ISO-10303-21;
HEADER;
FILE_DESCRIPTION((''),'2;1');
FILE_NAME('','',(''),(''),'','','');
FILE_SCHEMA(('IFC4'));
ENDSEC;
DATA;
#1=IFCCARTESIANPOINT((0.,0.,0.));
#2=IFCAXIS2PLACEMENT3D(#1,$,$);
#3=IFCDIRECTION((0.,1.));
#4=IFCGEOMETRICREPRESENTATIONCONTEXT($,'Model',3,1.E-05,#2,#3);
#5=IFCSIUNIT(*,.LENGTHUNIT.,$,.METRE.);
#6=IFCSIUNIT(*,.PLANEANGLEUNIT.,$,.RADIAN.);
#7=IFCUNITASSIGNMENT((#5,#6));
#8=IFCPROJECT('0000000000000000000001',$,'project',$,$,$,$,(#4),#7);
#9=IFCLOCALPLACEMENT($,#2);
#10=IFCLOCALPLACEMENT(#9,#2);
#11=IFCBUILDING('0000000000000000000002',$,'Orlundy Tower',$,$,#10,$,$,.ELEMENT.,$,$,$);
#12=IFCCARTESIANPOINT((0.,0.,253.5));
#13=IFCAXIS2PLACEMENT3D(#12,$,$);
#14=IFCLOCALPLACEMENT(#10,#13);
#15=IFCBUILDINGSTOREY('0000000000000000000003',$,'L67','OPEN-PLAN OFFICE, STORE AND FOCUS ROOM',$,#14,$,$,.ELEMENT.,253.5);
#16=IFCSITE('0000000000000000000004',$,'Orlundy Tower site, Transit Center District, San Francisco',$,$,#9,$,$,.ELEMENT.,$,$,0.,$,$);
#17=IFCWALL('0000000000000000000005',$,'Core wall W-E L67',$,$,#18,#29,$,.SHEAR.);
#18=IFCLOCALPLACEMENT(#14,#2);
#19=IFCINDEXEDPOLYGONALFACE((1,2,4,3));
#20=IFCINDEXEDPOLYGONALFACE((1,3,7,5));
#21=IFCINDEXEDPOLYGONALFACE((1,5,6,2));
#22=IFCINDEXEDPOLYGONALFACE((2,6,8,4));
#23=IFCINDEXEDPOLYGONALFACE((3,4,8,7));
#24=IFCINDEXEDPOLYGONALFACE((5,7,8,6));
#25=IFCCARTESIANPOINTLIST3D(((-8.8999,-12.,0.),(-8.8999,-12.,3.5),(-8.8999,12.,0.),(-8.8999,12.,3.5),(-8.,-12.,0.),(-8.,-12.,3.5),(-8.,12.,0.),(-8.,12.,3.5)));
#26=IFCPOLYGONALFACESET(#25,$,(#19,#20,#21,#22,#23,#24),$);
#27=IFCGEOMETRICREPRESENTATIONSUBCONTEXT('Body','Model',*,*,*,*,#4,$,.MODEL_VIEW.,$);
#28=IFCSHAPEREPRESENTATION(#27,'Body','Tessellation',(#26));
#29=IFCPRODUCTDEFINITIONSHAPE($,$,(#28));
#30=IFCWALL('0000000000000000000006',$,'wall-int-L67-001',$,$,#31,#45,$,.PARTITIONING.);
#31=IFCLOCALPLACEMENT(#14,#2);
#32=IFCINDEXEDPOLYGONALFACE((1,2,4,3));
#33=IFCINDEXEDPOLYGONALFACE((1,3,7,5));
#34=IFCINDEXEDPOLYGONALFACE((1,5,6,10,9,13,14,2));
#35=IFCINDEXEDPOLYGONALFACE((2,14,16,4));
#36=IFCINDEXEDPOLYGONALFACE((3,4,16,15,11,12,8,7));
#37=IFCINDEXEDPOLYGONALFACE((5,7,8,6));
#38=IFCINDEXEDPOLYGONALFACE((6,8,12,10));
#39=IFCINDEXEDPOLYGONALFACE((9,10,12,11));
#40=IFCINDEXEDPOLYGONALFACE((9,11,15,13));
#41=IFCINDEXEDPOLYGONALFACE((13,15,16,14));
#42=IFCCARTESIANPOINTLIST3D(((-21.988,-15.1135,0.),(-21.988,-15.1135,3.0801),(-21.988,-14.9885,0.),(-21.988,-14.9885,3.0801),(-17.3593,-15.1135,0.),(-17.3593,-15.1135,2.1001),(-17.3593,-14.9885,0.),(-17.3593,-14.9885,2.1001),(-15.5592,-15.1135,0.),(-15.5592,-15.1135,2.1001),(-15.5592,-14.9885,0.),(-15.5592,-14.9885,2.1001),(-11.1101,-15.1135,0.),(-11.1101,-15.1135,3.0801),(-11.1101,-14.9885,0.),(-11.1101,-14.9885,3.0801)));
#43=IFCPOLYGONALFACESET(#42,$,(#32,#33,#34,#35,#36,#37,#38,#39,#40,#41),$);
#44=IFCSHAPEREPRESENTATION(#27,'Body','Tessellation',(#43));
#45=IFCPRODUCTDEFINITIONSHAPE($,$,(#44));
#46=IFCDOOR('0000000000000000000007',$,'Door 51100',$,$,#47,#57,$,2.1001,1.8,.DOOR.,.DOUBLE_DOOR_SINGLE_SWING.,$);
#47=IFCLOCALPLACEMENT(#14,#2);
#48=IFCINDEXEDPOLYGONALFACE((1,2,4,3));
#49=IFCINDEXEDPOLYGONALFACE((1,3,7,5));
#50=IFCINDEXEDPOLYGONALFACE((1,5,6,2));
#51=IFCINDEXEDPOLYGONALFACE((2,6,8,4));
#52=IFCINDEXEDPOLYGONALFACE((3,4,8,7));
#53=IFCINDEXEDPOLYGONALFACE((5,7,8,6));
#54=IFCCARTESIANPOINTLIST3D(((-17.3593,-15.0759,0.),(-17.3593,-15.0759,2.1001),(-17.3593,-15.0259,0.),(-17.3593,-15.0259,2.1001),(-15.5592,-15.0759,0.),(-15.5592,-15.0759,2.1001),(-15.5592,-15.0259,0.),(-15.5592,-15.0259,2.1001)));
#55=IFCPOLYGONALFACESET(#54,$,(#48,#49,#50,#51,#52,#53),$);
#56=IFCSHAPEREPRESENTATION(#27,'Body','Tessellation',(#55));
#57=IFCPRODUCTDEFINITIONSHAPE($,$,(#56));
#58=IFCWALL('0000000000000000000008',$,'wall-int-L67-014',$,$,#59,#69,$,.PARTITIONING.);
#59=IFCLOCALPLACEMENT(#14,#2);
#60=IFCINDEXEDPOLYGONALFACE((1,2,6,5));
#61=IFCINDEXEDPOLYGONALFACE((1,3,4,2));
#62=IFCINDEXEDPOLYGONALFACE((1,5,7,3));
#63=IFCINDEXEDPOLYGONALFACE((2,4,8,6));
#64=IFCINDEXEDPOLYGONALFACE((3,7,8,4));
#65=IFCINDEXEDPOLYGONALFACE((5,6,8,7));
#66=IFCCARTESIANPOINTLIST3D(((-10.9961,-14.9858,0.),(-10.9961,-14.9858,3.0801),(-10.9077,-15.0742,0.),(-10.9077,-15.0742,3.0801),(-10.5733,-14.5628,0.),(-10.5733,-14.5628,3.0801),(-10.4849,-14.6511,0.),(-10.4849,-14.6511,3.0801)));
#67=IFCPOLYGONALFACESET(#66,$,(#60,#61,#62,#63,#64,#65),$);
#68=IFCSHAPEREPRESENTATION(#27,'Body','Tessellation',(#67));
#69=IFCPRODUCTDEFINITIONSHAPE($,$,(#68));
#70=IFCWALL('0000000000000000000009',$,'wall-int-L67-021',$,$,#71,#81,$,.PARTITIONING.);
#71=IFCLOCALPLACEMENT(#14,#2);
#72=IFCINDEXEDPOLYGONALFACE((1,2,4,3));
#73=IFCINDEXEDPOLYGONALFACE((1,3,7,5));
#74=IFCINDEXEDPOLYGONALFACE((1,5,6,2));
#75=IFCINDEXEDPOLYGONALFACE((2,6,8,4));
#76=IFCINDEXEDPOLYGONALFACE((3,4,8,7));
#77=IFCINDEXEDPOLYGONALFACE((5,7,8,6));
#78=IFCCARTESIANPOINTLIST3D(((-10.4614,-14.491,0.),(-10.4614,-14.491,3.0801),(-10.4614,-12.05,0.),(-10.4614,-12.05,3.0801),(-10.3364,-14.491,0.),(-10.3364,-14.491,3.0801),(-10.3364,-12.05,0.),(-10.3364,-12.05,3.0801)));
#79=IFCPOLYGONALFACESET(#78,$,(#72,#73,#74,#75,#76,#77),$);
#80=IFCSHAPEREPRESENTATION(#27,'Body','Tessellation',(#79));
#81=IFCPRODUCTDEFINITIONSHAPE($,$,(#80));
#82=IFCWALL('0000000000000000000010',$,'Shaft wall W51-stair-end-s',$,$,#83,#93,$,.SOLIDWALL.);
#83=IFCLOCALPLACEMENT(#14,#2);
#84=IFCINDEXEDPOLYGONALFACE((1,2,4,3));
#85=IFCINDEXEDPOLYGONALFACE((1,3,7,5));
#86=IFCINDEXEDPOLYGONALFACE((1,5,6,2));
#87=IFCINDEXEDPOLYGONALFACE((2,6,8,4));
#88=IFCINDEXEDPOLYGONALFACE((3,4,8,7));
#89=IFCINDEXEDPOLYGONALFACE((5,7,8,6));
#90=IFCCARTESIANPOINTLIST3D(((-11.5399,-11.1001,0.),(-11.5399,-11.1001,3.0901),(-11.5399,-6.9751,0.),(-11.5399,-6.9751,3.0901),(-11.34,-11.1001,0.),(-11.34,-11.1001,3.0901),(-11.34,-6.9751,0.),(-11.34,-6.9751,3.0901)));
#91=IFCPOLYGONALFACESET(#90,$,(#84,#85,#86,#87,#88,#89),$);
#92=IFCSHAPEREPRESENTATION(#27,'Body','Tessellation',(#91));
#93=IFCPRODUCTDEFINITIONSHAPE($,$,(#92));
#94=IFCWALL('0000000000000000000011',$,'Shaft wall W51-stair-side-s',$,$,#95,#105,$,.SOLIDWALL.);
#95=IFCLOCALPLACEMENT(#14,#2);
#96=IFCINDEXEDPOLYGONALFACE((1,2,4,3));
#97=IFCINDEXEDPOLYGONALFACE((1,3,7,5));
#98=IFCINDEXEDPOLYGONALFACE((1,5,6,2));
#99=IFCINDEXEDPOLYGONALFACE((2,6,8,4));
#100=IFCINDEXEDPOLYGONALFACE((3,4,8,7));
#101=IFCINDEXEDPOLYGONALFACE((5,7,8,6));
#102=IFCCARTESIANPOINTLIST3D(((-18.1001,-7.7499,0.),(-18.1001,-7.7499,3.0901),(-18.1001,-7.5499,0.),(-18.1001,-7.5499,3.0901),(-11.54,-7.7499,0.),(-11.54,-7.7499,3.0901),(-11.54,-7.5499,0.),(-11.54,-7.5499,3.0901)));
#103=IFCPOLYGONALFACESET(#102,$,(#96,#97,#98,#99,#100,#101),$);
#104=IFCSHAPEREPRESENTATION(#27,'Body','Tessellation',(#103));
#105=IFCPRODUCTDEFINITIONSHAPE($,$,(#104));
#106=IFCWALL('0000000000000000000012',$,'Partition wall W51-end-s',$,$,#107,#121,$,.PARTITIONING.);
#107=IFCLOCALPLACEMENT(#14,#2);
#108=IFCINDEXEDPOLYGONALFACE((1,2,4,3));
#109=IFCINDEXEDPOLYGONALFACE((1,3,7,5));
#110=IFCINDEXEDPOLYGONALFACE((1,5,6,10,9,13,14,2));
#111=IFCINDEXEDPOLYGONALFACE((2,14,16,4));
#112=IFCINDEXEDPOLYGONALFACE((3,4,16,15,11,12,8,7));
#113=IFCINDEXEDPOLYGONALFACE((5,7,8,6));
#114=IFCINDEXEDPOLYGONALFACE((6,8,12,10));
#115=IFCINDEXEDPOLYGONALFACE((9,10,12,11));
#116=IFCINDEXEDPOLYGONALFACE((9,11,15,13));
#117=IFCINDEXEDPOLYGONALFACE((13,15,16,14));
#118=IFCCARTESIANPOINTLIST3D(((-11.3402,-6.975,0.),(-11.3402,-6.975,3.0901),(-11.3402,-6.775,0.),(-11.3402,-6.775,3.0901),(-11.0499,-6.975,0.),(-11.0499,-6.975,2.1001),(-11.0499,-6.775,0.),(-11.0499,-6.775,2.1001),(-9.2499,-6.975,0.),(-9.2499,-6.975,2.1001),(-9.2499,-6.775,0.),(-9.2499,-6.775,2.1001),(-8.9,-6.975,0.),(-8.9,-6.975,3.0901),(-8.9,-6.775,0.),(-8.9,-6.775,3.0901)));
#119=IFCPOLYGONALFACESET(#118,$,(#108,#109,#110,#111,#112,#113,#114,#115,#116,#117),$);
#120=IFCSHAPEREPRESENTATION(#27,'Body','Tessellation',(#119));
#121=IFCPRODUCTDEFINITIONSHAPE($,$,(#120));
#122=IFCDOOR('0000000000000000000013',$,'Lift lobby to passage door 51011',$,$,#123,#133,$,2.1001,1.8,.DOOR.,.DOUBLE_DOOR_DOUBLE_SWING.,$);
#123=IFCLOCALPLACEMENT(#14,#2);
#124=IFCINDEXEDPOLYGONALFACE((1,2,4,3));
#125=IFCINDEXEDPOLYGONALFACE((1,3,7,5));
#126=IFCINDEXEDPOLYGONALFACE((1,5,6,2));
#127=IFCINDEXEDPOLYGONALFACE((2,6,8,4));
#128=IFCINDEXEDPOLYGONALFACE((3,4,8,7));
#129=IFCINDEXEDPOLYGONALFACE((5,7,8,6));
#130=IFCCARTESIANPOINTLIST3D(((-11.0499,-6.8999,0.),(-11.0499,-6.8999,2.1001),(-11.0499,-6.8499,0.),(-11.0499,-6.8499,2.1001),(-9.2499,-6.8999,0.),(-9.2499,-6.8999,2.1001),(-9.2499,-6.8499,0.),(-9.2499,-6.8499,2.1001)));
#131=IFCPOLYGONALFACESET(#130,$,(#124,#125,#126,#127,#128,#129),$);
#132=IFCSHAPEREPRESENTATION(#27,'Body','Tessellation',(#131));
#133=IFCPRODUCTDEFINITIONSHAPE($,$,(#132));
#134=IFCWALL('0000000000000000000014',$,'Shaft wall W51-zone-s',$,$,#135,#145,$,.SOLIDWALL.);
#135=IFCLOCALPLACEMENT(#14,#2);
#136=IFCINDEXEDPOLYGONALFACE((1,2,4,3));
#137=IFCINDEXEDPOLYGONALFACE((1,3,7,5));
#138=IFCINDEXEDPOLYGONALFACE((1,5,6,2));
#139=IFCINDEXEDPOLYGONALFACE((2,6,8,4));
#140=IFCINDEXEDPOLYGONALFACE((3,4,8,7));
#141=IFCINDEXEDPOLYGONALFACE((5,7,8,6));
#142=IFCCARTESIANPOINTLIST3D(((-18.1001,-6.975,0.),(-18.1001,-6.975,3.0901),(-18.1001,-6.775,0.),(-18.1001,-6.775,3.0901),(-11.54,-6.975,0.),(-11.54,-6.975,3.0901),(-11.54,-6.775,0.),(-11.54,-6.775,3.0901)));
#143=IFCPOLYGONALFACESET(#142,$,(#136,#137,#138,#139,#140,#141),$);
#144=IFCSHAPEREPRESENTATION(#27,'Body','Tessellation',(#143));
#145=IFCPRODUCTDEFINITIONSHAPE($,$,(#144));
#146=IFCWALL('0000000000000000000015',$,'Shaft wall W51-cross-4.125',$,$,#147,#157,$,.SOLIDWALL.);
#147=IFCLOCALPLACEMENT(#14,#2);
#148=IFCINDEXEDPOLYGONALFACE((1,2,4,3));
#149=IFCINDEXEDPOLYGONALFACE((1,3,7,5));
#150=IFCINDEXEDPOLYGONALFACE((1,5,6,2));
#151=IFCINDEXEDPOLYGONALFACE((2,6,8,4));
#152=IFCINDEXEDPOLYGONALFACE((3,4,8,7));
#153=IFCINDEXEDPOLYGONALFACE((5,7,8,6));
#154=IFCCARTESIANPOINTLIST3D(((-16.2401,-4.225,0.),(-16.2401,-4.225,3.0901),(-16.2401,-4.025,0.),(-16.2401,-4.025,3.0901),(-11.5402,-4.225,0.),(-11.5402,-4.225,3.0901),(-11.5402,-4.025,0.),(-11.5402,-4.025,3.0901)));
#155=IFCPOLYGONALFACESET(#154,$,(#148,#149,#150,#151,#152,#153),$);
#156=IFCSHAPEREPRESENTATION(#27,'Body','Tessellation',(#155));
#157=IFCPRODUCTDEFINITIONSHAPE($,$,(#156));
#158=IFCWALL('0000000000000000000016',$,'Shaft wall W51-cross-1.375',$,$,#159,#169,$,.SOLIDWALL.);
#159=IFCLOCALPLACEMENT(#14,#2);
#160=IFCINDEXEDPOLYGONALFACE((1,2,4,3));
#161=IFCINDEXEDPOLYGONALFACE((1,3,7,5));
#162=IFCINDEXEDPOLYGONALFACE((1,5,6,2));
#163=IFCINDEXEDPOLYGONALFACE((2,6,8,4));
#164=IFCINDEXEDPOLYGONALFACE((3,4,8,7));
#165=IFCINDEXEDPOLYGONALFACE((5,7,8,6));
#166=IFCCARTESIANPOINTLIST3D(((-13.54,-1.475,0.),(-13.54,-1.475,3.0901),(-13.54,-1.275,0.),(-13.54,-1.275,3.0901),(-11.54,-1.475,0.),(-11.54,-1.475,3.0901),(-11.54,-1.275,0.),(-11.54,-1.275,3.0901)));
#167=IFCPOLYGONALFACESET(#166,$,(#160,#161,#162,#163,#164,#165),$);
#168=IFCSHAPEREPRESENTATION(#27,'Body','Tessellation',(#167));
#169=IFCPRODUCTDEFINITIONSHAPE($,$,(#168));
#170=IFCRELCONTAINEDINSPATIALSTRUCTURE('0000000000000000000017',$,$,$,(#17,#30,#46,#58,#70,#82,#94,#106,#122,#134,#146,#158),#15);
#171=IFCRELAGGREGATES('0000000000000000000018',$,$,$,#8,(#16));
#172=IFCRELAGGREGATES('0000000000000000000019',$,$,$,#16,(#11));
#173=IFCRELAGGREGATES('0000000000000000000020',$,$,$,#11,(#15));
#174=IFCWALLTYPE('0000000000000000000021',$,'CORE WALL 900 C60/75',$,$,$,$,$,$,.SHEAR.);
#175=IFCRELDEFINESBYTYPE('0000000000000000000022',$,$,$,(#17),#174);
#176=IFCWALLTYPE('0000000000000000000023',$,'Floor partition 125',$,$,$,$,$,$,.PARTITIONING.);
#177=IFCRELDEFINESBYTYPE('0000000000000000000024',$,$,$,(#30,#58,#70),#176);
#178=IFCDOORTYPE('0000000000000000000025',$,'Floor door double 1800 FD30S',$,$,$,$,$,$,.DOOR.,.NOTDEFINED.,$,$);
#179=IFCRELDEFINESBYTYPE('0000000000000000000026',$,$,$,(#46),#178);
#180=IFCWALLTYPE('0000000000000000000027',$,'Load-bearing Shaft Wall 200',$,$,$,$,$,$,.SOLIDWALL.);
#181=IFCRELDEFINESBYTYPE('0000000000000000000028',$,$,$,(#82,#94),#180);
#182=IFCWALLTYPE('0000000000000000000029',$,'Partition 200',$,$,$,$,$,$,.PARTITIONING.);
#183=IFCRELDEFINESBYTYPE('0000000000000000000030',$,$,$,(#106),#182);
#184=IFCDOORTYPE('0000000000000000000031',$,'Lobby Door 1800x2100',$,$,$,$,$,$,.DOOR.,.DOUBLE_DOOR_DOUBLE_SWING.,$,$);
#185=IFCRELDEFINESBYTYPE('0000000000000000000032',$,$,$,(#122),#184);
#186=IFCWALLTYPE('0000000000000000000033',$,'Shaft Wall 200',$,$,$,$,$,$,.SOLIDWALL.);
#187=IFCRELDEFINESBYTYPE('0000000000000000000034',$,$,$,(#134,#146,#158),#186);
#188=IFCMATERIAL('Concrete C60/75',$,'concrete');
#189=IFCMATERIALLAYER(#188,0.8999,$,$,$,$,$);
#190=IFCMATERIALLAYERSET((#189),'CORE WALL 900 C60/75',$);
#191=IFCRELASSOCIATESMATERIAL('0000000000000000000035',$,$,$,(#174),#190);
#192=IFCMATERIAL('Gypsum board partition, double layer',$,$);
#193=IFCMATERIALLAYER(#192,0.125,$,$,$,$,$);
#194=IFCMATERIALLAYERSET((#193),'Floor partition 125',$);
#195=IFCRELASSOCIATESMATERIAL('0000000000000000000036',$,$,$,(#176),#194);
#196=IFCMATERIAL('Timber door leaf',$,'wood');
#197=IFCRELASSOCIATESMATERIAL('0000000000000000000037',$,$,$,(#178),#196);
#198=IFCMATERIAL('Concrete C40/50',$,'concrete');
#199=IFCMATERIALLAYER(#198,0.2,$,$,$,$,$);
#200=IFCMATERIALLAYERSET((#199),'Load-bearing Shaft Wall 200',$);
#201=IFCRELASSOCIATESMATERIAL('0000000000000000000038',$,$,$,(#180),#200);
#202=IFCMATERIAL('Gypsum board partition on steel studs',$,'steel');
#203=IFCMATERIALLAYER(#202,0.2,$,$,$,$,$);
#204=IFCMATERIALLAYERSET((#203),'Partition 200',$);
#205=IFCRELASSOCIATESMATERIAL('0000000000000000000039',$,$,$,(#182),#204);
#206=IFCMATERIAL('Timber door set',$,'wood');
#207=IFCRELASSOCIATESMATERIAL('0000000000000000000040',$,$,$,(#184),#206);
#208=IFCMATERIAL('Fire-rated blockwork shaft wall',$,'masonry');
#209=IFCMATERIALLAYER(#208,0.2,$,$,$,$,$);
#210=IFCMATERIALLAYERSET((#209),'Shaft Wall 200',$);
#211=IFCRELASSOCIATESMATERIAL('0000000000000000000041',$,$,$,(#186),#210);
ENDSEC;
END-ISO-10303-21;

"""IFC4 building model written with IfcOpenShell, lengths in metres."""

from ifc_helpers import new_model, si_unit, direction, frame, frame_2d, origin, place, context, subcontext, project, spatial, rectangle, extrude, material, layer, layer_set, type_object, element, fill, save


model = new_model("IFC4")

# Units and contexts
model_context = context("Model", 3, precision=1e-05, world=origin(), true_north=direction((0.0, 1.0)))
body_context = subcontext(model_context, "Body", "Model", "MODEL_VIEW")
ifc_project = project(units=[si_unit("LENGTHUNIT", "METRE"), si_unit("PLANEANGLEUNIT", "RADIAN")], contexts=[model_context])

# Site, building, storey
site_placement = place(None, origin())
site = spatial("IfcSite", under=ifc_project, at=site_placement, Name="Orlundy Tower site, Transit Center District, San Francisco", CompositionType="ELEMENT", RefElevation=0.0)
building_placement = place(site_placement, origin())
building = spatial("IfcBuilding", under=site, at=building_placement, Name="Orlundy Tower", CompositionType="ELEMENT")
storey_placement = place(building_placement, frame((0.0, 0.0, 253.5)))
storey = spatial("IfcBuildingStorey", under=building, at=storey_placement, Name="L67", Description="OPEN-PLAN OFFICE, STORE AND FOCUS ROOM", CompositionType="ELEMENT", Elevation=253.5)

# Wall
ifc_material_1 = material(Name="Concrete C60/75", Category="concrete")
ifc_layer_1 = layer(ifc_material_1, 0.8999)
ifc_layer_set_1 = layer_set([ifc_layer_1], Name="CORE WALL 900 C60/75")
wall_type_1 = type_object("IfcWallType", Name="CORE WALL 900 C60/75", PredefinedType="SHEAR", material=ifc_layer_set_1)
wall_1_placement = place(storey_placement, frame((-8.45, -12.0, 0.0), z_axis=(0.0, 0.0, 1.0), x_axis=(0.0, 1.0, 0.0)))
element("IfcWall", 1, at=wall_1_placement, inside=storey, type_object=wall_type_1, Name="Core wall W-E L67", PredefinedType="SHEAR", context=body_context, shape_type="SweptSolid", body=[
    extrude(rectangle(XDim=24.0, YDim=0.8999, at=frame_2d((12.0, 0.0))), origin(), (0.0, 0.0, 1.0), 3.5),
])

# Wall, opening, door
ifc_material_2 = material(Name="Gypsum board partition, double layer")
ifc_layer_2 = layer(ifc_material_2, 0.125)
ifc_layer_set_2 = layer_set([ifc_layer_2], Name="Floor partition 125")
wall_type_2 = type_object("IfcWallType", Name="Floor partition 125", PredefinedType="PARTITIONING", material=ifc_layer_set_2)
wall_2_placement = place(storey_placement, frame((-11.1101, -15.051, 0.0), z_axis=(0.0, 0.0, 1.0), x_axis=(-1.0, 0.0, 0.0)))
wall_2 = element("IfcWall", 2, at=wall_2_placement, inside=storey, type_object=wall_type_2, Name="wall-int-L67-001", PredefinedType="PARTITIONING", context=body_context, shape_type="SweptSolid", body=[
    extrude(rectangle(XDim=10.8779, YDim=0.125, at=frame_2d((5.439, 0.0))), origin(), (0.0, 0.0, 1.0), 3.0801),
])
opening_1_placement = place(wall_2_placement, frame((4.4492, 0.0, 0.0)))
opening_1 = element("IfcOpeningElement", 3, at=opening_1_placement, cuts=wall_2, PredefinedType="OPENING", context=body_context, shape_type="SweptSolid", body=[
    extrude(rectangle(XDim=1.8, YDim=2.1001, at=frame_2d((0.8999, 1.05))), frame((0.0, 0.0725, 0.0), z_axis=(0.0, -1.0, 0.0), x_axis=(1.0, 0.0, 0.0)), (0.0, 0.0, 1.0), 0.145),
])
ifc_material_3 = material(Name="Timber door leaf", Category="wood")
door_type_1 = type_object("IfcDoorType", Name="Floor door double 1800 FD30S", OperationType="NOTDEFINED", PredefinedType="DOOR", material=ifc_material_3)
door_1_placement = place(opening_1_placement, origin())
door_1 = element("IfcDoor", 4, at=door_1_placement, inside=storey, type_object=door_type_1, Name="Door 51100", OperationType="DOUBLE_DOOR_SINGLE_SWING", OverallHeight=2.1001, OverallWidth=1.8, PredefinedType="DOOR", context=body_context, shape_type="SweptSolid", body=[
    extrude(rectangle(XDim=1.8, YDim=2.1001, at=frame_2d((0.8999, 1.05))), frame((0.0, 0.0249, 0.0), z_axis=(0.0, -1.0, 0.0), x_axis=(1.0, 0.0, 0.0)), (0.0, 0.0, 1.0), 0.05),
])
fill(opening_1, door_1)

# Walls
wall_3_placement = place(storey_placement, frame((-10.9519, -15.03, 0.0), z_axis=(0.0, 0.0, 1.0), x_axis=(0.706903, 0.707311, 0.0)))
element("IfcWall", 5, at=wall_3_placement, inside=storey, type_object=wall_type_2, Name="wall-int-L67-014", PredefinedType="PARTITIONING", context=body_context, shape_type="SweptSolid", body=[
    extrude(rectangle(XDim=0.5981, YDim=0.125, at=frame_2d((0.2991, 0.0))), origin(), (0.0, 0.0, 1.0), 3.0801),
])
wall_4_placement = place(storey_placement, frame((-10.3989, -14.491, 0.0), z_axis=(0.0, 0.0, 1.0), x_axis=(0.0, 1.0, 0.0)))
element("IfcWall", 6, at=wall_4_placement, inside=storey, type_object=wall_type_2, Name="wall-int-L67-021", PredefinedType="PARTITIONING", context=body_context, shape_type="SweptSolid", body=[
    extrude(rectangle(XDim=2.4409, YDim=0.125, at=frame_2d((1.2205, 0.0))), origin(), (0.0, 0.0, 1.0), 3.0801),
])
ifc_material_4 = material(Name="Concrete C40/50", Category="concrete")
ifc_layer_3 = layer(ifc_material_4, 0.2)
ifc_layer_set_3 = layer_set([ifc_layer_3], Name="Load-bearing Shaft Wall 200")
wall_type_3 = type_object("IfcWallType", Name="Load-bearing Shaft Wall 200", PredefinedType="SOLIDWALL", material=ifc_layer_set_3)
wall_5_placement = place(storey_placement, frame((-11.4399, -11.1001, 0.0), z_axis=(0.0, 0.0, 1.0), x_axis=(0.0, 1.0, 0.0)))
element("IfcWall", 7, at=wall_5_placement, inside=storey, type_object=wall_type_3, Name="Shaft wall W51-stair-end-s", PredefinedType="SOLIDWALL", context=body_context, shape_type="SweptSolid", body=[
    extrude(rectangle(XDim=4.125, YDim=0.2, at=frame_2d((2.0625, 0.0))), origin(), (0.0, 0.0, 1.0), 3.0901),
])
wall_6_placement = place(storey_placement, frame((-11.54, -7.6499, 0.0), z_axis=(0.0, 0.0, 1.0), x_axis=(-1.0, 0.0, 0.0)))
element("IfcWall", 8, at=wall_6_placement, inside=storey, type_object=wall_type_3, Name="Shaft wall W51-stair-side-s", PredefinedType="SOLIDWALL", context=body_context, shape_type="SweptSolid", body=[
    extrude(rectangle(XDim=6.5601, YDim=0.2, at=frame_2d((3.28, 0.0))), origin(), (0.0, 0.0, 1.0), 3.0901),
])

# Wall, opening, door
ifc_material_5 = material(Name="Gypsum board partition on steel studs", Category="steel")
ifc_layer_4 = layer(ifc_material_5, 0.2)
ifc_layer_set_4 = layer_set([ifc_layer_4], Name="Partition 200")
wall_type_4 = type_object("IfcWallType", Name="Partition 200", PredefinedType="PARTITIONING", material=ifc_layer_set_4)
wall_7_placement = place(storey_placement, frame((-8.8999, -6.875, 0.0), z_axis=(0.0, 0.0, 1.0), x_axis=(-1.0, 0.0, 0.0)))
wall_7 = element("IfcWall", 9, at=wall_7_placement, inside=storey, type_object=wall_type_4, Name="Partition wall W51-end-s", PredefinedType="PARTITIONING", context=body_context, shape_type="SweptSolid", body=[
    extrude(rectangle(XDim=2.4402, YDim=0.2, at=frame_2d((1.2202, 0.0))), origin(), (0.0, 0.0, 1.0), 3.0901),
])
opening_2_placement = place(wall_7_placement, frame((0.3501, 0.0, 0.0)))
opening_2 = element("IfcOpeningElement", 10, at=opening_2_placement, cuts=wall_7, PredefinedType="OPENING", context=body_context, shape_type="SweptSolid", body=[
    extrude(rectangle(XDim=1.8, YDim=2.1001, at=frame_2d((0.8999, 1.05))), frame((0.0, 0.1101, 0.0), z_axis=(0.0, -1.0, 0.0), x_axis=(1.0, 0.0, 0.0)), (0.0, 0.0, 1.0), 0.2202),
])
ifc_material_6 = material(Name="Timber door set", Category="wood")
door_type_2 = type_object("IfcDoorType", Name="Lobby Door 1800x2100", OperationType="DOUBLE_DOOR_DOUBLE_SWING", PredefinedType="DOOR", material=ifc_material_6)
door_2_placement = place(opening_2_placement, origin())
door_2 = element("IfcDoor", 11, at=door_2_placement, inside=storey, type_object=door_type_2, Name="Lift lobby to passage door 51011", OperationType="DOUBLE_DOOR_DOUBLE_SWING", OverallHeight=2.1001, OverallWidth=1.8, PredefinedType="DOOR", context=body_context, shape_type="SweptSolid", body=[
    extrude(rectangle(XDim=1.8, YDim=2.1001, at=frame_2d((0.8999, 1.05))), frame((0.0, 0.0249, 0.0), z_axis=(0.0, -1.0, 0.0), x_axis=(1.0, 0.0, 0.0)), (0.0, 0.0, 1.0), 0.05),
])
fill(opening_2, door_2)

# Walls
ifc_material_7 = material(Name="Fire-rated blockwork shaft wall", Category="masonry")
ifc_layer_5 = layer(ifc_material_7, 0.2)
ifc_layer_set_5 = layer_set([ifc_layer_5], Name="Shaft Wall 200")
wall_type_5 = type_object("IfcWallType", Name="Shaft Wall 200", PredefinedType="SOLIDWALL", material=ifc_layer_set_5)
wall_8_placement = place(storey_placement, frame((-11.54, -6.875, 0.0), z_axis=(0.0, 0.0, 1.0), x_axis=(-1.0, 0.0, 0.0)))
element("IfcWall", 12, at=wall_8_placement, inside=storey, type_object=wall_type_5, Name="Shaft wall W51-zone-s", PredefinedType="SOLIDWALL", context=body_context, shape_type="SweptSolid", body=[
    extrude(rectangle(XDim=6.5601, YDim=0.2, at=frame_2d((3.28, 0.0))), origin(), (0.0, 0.0, 1.0), 3.0901),
])
wall_9_placement = place(storey_placement, frame((-11.54, -4.125, 0.0), z_axis=(0.0, 0.0, 1.0), x_axis=(-1.0, 0.0, 0.0)))
element("IfcWall", 13, at=wall_9_placement, inside=storey, type_object=wall_type_5, Name="Shaft wall W51-cross-4.125", PredefinedType="SOLIDWALL", context=body_context, shape_type="SweptSolid", body=[
    extrude(rectangle(XDim=4.7, YDim=0.2, at=frame_2d((2.3501, 0.0))), origin(), (0.0, 0.0, 1.0), 3.0901),
])
wall_10_placement = place(storey_placement, frame((-11.54, -1.375, 0.0), z_axis=(0.0, 0.0, 1.0), x_axis=(-1.0, 0.0, 0.0)))
element("IfcWall", 14, at=wall_10_placement, inside=storey, type_object=wall_type_5, Name="Shaft wall W51-cross-1.375", PredefinedType="SOLIDWALL", context=body_context, shape_type="SweptSolid", body=[
    extrude(rectangle(XDim=2.0, YDim=0.2, at=frame_2d((1.0, 0.0))), origin(), (0.0, 0.0, 1.0), 3.0901),
])

save(model, "model.ifc")
